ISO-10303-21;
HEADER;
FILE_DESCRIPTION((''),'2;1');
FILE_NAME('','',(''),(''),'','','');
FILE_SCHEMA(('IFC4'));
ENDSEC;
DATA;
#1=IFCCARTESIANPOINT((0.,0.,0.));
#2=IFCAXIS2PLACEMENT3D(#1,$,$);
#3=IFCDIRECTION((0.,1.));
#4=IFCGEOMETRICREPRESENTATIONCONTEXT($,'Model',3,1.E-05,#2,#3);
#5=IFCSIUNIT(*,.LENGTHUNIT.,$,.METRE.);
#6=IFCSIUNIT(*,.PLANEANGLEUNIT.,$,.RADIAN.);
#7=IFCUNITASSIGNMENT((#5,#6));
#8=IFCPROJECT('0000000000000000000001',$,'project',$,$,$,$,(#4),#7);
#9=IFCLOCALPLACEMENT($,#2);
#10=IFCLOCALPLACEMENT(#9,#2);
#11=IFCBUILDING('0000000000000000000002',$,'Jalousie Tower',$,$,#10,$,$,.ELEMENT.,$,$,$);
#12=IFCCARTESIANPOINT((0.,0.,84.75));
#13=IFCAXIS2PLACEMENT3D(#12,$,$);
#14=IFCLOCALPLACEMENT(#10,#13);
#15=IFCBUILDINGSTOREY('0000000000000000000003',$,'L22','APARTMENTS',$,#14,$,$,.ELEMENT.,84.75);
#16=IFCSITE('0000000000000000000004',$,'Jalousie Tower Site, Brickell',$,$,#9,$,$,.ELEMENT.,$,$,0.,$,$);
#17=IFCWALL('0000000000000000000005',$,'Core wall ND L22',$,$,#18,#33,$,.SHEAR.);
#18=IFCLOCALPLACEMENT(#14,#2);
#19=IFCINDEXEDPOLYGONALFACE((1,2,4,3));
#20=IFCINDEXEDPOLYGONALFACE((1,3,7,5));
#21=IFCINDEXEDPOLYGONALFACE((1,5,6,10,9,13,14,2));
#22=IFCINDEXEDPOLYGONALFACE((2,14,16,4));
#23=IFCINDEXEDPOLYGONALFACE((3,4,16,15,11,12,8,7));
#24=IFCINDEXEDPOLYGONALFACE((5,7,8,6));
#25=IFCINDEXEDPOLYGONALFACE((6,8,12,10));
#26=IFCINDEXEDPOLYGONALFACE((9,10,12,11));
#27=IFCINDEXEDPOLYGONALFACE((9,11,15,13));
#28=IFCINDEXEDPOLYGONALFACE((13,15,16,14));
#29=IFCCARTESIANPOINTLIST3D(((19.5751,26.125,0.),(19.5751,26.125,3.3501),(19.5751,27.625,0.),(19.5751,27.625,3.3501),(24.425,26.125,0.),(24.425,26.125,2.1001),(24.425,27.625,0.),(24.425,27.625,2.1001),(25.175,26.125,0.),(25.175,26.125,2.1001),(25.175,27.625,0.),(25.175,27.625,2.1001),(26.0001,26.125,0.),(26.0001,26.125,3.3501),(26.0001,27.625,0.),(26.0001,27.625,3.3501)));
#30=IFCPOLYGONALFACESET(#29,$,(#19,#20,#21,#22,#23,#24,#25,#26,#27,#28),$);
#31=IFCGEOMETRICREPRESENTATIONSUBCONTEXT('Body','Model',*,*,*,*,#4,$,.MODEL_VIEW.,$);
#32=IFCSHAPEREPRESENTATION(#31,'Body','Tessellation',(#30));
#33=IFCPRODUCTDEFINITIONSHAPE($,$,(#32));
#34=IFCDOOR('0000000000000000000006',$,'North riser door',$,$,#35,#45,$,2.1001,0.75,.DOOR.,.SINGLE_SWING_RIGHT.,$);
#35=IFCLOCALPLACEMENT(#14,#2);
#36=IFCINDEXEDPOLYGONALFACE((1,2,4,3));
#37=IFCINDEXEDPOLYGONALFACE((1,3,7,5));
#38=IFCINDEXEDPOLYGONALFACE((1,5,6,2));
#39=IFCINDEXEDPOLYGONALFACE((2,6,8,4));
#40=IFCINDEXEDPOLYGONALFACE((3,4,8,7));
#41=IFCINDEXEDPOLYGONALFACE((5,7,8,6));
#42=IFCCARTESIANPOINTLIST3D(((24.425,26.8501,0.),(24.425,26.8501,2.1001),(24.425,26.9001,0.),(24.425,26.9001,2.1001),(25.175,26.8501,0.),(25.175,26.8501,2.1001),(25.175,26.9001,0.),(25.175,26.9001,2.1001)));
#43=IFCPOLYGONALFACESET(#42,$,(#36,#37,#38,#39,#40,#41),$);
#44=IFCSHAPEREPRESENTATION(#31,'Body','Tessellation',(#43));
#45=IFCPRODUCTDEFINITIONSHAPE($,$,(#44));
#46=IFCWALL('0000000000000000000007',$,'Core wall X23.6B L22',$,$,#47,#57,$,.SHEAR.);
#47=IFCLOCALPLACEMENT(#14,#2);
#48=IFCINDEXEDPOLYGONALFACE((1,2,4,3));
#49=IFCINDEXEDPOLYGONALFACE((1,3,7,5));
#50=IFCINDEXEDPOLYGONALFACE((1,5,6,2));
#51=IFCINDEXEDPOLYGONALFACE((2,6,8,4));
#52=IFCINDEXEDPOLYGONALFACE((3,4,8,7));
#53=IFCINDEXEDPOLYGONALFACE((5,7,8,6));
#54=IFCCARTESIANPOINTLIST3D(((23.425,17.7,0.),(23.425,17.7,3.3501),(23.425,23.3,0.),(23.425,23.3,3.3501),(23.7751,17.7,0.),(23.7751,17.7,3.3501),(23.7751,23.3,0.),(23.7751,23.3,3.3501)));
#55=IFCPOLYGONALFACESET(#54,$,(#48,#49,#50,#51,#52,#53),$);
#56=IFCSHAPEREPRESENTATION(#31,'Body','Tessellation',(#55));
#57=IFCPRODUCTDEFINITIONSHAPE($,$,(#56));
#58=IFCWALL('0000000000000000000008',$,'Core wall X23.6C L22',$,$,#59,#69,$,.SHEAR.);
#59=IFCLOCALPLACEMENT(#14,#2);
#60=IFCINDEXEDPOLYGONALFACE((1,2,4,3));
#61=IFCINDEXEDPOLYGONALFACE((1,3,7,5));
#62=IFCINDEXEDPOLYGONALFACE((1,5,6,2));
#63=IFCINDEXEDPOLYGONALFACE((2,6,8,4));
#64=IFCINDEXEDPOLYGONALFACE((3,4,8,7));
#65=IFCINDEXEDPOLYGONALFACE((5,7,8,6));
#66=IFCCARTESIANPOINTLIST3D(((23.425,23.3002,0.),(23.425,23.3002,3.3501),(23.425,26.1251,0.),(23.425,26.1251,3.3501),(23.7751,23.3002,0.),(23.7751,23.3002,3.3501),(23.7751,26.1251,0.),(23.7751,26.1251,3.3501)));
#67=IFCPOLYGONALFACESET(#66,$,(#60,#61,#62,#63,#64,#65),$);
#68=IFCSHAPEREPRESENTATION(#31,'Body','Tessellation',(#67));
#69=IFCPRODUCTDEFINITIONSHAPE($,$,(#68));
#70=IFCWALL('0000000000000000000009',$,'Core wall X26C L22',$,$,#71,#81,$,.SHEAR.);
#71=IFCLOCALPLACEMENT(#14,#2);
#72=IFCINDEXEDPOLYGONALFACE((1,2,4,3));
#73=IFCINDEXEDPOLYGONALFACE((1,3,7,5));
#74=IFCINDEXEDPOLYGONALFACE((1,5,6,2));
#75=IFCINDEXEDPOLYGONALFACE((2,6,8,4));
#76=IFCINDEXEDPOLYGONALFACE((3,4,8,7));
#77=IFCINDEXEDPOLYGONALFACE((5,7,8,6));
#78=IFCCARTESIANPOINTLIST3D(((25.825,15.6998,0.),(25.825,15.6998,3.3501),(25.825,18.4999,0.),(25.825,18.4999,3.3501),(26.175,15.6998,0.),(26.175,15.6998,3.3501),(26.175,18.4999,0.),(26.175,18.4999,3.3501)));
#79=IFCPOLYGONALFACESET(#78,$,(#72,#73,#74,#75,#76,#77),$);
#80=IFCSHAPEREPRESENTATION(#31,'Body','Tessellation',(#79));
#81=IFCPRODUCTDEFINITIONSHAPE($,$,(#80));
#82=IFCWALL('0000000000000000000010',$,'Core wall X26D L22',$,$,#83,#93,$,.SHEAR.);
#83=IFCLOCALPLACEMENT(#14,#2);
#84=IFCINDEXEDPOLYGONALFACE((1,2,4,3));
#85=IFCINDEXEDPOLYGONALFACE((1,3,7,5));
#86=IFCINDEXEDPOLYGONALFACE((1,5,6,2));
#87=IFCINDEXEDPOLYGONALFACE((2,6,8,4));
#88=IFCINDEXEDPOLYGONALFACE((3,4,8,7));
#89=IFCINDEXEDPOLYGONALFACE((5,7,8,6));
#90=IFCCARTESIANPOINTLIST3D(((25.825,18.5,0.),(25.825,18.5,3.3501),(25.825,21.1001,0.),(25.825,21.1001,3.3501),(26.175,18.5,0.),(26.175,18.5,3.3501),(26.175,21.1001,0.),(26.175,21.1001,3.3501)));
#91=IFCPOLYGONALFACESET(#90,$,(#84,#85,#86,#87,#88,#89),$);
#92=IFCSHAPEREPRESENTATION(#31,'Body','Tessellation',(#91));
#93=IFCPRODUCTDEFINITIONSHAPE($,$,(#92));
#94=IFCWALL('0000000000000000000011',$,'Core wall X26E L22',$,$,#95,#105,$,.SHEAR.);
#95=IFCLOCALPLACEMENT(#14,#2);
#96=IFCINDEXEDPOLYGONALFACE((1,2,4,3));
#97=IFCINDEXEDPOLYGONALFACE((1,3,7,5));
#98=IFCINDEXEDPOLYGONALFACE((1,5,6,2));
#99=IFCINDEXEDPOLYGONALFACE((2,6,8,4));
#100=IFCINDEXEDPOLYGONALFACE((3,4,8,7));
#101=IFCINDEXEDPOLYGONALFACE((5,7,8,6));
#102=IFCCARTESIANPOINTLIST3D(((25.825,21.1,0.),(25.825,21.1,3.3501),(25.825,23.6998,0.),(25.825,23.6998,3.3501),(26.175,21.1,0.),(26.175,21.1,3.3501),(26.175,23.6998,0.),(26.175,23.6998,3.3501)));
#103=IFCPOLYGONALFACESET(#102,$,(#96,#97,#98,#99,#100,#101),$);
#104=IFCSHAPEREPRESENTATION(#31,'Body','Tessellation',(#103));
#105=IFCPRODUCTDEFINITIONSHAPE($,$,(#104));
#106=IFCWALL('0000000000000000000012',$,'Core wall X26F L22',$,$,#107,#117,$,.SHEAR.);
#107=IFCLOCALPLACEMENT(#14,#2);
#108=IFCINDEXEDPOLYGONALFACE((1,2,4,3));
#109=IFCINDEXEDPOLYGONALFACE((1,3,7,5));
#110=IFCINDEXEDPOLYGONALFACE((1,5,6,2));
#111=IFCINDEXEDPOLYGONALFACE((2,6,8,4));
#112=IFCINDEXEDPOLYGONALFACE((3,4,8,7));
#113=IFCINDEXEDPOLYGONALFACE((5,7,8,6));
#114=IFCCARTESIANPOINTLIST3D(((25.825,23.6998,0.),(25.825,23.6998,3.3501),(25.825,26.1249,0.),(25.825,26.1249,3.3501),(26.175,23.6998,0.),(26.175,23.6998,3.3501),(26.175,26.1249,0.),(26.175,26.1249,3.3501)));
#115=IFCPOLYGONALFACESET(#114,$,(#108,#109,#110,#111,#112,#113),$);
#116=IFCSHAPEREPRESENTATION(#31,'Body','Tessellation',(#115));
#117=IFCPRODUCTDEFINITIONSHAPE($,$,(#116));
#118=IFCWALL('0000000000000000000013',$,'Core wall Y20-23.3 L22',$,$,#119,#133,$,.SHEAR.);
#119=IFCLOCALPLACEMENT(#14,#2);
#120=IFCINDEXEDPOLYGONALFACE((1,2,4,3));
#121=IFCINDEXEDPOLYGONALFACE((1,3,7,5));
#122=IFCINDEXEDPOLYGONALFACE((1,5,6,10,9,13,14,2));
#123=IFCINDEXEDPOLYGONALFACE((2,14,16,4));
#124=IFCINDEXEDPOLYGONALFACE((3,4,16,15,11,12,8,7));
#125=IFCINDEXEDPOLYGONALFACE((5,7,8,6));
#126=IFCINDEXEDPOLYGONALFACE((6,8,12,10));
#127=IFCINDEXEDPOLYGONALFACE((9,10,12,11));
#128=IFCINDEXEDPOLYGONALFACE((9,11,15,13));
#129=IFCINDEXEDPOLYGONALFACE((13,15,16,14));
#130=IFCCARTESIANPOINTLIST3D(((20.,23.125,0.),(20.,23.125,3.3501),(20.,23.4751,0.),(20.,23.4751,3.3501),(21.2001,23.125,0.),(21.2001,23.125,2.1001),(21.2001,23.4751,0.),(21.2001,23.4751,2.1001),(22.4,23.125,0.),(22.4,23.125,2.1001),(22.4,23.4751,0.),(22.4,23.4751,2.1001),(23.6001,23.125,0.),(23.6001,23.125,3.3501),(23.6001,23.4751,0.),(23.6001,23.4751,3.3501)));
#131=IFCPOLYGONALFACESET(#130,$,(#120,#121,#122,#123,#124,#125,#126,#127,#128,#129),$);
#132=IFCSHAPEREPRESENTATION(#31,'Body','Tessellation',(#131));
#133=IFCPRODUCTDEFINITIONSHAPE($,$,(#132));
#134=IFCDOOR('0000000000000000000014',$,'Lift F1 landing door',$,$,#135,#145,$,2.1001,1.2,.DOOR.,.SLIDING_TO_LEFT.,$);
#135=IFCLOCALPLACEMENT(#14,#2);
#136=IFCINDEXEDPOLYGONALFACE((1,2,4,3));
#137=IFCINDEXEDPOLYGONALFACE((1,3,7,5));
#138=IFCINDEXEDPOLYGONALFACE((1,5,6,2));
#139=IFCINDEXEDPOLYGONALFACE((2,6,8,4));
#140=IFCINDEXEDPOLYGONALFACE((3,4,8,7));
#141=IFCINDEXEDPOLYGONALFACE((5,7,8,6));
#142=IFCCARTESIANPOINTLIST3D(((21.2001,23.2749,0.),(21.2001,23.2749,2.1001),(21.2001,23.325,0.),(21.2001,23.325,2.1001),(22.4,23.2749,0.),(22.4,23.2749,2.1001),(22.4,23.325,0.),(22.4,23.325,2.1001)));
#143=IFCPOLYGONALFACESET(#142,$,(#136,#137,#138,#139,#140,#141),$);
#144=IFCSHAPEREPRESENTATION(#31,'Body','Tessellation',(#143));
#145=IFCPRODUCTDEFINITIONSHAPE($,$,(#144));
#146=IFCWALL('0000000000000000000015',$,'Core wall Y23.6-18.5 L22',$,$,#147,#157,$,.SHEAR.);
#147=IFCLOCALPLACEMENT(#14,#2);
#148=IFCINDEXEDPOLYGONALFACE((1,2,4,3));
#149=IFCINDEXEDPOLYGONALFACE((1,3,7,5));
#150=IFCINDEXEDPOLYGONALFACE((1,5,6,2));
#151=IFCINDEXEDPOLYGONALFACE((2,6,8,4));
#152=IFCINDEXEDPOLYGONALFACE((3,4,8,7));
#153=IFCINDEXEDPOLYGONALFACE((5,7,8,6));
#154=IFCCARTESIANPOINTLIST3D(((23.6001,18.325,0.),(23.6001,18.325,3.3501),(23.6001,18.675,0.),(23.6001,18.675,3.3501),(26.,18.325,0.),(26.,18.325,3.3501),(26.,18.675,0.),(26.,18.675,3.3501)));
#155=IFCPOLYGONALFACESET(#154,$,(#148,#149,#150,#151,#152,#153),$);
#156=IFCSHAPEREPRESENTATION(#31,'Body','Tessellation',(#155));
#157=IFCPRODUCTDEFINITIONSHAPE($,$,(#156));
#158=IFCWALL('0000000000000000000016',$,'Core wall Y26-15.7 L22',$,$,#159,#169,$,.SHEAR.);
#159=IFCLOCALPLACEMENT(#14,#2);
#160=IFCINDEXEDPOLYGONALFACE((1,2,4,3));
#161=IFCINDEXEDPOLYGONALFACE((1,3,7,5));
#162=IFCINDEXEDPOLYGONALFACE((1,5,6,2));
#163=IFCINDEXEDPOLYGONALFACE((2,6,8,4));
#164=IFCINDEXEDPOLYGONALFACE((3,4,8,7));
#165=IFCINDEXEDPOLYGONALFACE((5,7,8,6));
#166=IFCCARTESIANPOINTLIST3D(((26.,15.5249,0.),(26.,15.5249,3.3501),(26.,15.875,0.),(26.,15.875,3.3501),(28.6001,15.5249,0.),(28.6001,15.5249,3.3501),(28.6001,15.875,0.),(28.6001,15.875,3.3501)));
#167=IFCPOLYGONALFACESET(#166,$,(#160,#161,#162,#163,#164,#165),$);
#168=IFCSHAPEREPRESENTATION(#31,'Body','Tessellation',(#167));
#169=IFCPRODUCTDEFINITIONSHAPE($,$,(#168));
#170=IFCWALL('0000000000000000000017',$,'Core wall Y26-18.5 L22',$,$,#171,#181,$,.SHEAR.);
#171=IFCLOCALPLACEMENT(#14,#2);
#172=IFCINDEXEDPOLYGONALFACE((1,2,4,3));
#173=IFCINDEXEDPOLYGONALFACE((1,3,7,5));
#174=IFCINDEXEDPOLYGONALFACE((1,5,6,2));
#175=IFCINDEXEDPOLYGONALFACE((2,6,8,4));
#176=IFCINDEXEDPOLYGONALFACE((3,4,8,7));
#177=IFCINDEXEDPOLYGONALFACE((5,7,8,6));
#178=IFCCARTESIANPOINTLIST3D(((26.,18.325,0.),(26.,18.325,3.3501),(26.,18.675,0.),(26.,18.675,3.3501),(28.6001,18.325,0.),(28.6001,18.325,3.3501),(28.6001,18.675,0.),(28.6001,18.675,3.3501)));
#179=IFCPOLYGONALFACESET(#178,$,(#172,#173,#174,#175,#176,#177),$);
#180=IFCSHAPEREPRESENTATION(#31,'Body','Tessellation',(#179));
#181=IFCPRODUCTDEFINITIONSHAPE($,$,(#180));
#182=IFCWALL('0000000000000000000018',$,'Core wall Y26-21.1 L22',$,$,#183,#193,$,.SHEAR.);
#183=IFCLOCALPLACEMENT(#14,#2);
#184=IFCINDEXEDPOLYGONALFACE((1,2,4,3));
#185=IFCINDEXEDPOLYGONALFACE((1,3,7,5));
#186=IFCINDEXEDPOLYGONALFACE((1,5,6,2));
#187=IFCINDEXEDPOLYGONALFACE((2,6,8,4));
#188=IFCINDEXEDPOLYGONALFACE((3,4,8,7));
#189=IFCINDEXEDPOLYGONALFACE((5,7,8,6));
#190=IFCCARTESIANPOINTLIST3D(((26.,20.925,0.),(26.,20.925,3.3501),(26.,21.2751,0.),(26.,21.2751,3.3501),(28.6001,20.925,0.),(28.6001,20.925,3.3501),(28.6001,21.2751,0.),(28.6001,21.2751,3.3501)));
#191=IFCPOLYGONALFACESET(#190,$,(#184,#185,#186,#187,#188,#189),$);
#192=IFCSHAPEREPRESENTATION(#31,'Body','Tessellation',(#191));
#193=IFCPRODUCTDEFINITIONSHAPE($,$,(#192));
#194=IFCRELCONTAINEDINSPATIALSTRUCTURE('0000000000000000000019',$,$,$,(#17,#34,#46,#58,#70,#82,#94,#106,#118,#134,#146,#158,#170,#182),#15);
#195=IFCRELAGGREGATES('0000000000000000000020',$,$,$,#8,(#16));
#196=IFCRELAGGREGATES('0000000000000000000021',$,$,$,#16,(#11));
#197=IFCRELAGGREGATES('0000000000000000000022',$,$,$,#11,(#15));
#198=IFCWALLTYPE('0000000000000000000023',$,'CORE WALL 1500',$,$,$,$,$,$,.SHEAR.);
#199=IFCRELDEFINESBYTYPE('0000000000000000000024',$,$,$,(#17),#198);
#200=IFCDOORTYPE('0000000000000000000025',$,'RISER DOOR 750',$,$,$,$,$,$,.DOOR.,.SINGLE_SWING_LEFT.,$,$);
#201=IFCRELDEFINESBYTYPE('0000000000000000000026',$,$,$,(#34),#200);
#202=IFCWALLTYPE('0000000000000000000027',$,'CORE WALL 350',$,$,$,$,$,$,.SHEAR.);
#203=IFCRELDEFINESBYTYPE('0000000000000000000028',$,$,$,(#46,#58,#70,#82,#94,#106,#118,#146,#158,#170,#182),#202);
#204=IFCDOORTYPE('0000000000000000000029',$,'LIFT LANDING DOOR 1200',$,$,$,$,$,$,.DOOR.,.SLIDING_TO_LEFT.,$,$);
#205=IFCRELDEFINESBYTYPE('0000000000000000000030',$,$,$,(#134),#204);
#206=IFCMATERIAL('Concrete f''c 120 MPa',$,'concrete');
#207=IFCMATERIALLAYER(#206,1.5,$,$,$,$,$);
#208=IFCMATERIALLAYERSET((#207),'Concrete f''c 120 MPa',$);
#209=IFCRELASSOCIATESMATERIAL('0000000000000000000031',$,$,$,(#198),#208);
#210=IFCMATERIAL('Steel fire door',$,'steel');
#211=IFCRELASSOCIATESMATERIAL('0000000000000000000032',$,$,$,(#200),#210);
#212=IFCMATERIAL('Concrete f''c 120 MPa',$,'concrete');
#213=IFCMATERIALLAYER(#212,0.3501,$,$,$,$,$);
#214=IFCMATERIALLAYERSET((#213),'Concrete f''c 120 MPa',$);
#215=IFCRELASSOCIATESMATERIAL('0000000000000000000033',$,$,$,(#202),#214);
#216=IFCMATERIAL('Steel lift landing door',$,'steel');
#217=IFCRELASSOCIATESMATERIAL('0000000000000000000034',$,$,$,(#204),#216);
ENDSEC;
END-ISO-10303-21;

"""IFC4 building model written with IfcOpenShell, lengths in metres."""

from ifc_helpers import new_model, si_unit, direction, frame, frame_2d, origin, place, context, subcontext, project, spatial, rectangle, extrude, material, layer, layer_set, type_object, element, fill, save


model = new_model("IFC4")

# Units and contexts
model_context = context("Model", 3, precision=1e-05, world=origin(), true_north=direction((0.0, 1.0)))
body_context = subcontext(model_context, "Body", "Model", "MODEL_VIEW")
ifc_project = project(units=[si_unit("LENGTHUNIT", "METRE"), si_unit("PLANEANGLEUNIT", "RADIAN")], contexts=[model_context])

# Site, building, storey
site_placement = place(None, origin())
site = spatial("IfcSite", under=ifc_project, at=site_placement, Name="Jalousie Tower Site, Brickell", CompositionType="ELEMENT", RefElevation=0.0)
building_placement = place(site_placement, origin())
building = spatial("IfcBuilding", under=site, at=building_placement, Name="Jalousie Tower", CompositionType="ELEMENT")
storey_placement = place(building_placement, frame((0.0, 0.0, 84.75)))
storey = spatial("IfcBuildingStorey", under=building, at=storey_placement, Name="L22", Description="APARTMENTS", CompositionType="ELEMENT", Elevation=84.75)

# Wall, opening, door
ifc_material_1 = material(Name="Concrete f'c 120 MPa", Category="concrete")
ifc_layer_1 = layer(ifc_material_1, 1.5)
ifc_layer_set_1 = layer_set([ifc_layer_1], Name="Concrete f'c 120 MPa")
wall_type_1 = type_object("IfcWallType", Name="CORE WALL 1500", PredefinedType="SHEAR", material=ifc_layer_set_1)
wall_1_placement = place(storey_placement, frame((26.0, 26.875, 0.0), z_axis=(0.0, 0.0, 1.0), x_axis=(-1.0, 0.0, 0.0)))
wall_1 = element("IfcWall", 1, at=wall_1_placement, inside=storey, type_object=wall_type_1, Name="Core wall ND L22", PredefinedType="SHEAR", context=body_context, shape_type="SweptSolid", body=[
    extrude(rectangle(XDim=6.425, YDim=1.5, at=frame_2d((3.2124, 0.0))), origin(), (0.0, 0.0, 1.0), 3.3501),
])
opening_1_placement = place(wall_1_placement, frame((0.825, 0.0, 0.0)))
opening_1 = element("IfcOpeningElement", 2, at=opening_1_placement, cuts=wall_1, PredefinedType="OPENING", context=body_context, shape_type="SweptSolid", body=[
    extrude(rectangle(XDim=0.75, YDim=2.1001, at=frame_2d((0.375, 1.05))), frame((0.0, 0.76, 0.0), z_axis=(0.0, -1.0, 0.0), x_axis=(1.0, 0.0, 0.0)), (0.0, 0.0, 1.0), 1.52),
])
ifc_material_2 = material(Name="Steel fire door", Category="steel")
door_type_1 = type_object("IfcDoorType", Name="RISER DOOR 750", OperationType="SINGLE_SWING_LEFT", PredefinedType="DOOR", material=ifc_material_2)
door_1_placement = place(opening_1_placement, origin())
door_1 = element("IfcDoor", 3, at=door_1_placement, inside=storey, type_object=door_type_1, Name="North riser door", OperationType="SINGLE_SWING_RIGHT", OverallHeight=2.1001, OverallWidth=0.75, PredefinedType="DOOR", context=body_context, shape_type="SweptSolid", body=[
    extrude(rectangle(XDim=0.75, YDim=2.1001, at=frame_2d((0.375, 1.05))), frame((0.0, 0.0249, 0.0), z_axis=(0.0, -1.0, 0.0), x_axis=(1.0, 0.0, 0.0)), (0.0, 0.0, 1.0), 0.05),
])
fill(opening_1, door_1)

# Walls
ifc_material_3 = material(Name="Concrete f'c 120 MPa", Category="concrete")
ifc_layer_2 = layer(ifc_material_3, 0.3501)
ifc_layer_set_2 = layer_set([ifc_layer_2], Name="Concrete f'c 120 MPa")
wall_type_2 = type_object("IfcWallType", Name="CORE WALL 350", PredefinedType="SHEAR", material=ifc_layer_set_2)
wall_2_placement = place(storey_placement, frame((23.6001, 17.7, 0.0), z_axis=(0.0, 0.0, 1.0), x_axis=(0.0, 1.0, 0.0)))
element("IfcWall", 4, at=wall_2_placement, inside=storey, type_object=wall_type_2, Name="Core wall X23.6B L22", PredefinedType="SHEAR", context=body_context, shape_type="SweptSolid", body=[
    extrude(rectangle(XDim=5.6001, YDim=0.3501, at=frame_2d((2.8, 0.0))), origin(), (0.0, 0.0, 1.0), 3.3501),
])
wall_3_placement = place(storey_placement, frame((23.6001, 23.3, 0.0), z_axis=(0.0, 0.0, 1.0), x_axis=(0.0, 1.0, 0.0)))
element("IfcWall", 5, at=wall_3_placement, inside=storey, type_object=wall_type_2, Name="Core wall X23.6C L22", PredefinedType="SHEAR", context=body_context, shape_type="SweptSolid", body=[
    extrude(rectangle(XDim=2.825, YDim=0.3501, at=frame_2d((1.4126, 0.0))), origin(), (0.0, 0.0, 1.0), 3.3501),
])
wall_4_placement = place(storey_placement, frame((26.0, 15.7, 0.0), z_axis=(0.0, 0.0, 1.0), x_axis=(0.0, 1.0, 0.0)))
element("IfcWall", 6, at=wall_4_placement, inside=storey, type_object=wall_type_2, Name="Core wall X26C L22", PredefinedType="SHEAR", context=body_context, shape_type="SweptSolid", body=[
    extrude(rectangle(XDim=2.8, YDim=0.3501, at=frame_2d((1.3999, 0.0))), origin(), (0.0, 0.0, 1.0), 3.3501),
])
wall_5_placement = place(storey_placement, frame((26.0, 18.5, 0.0), z_axis=(0.0, 0.0, 1.0), x_axis=(0.0, 1.0, 0.0)))
element("IfcWall", 7, at=wall_5_placement, inside=storey, type_object=wall_type_2, Name="Core wall X26D L22", PredefinedType="SHEAR", context=body_context, shape_type="SweptSolid", body=[
    extrude(rectangle(XDim=2.6001, YDim=0.3501, at=frame_2d((1.3, 0.0))), origin(), (0.0, 0.0, 1.0), 3.3501),
])
wall_6_placement = place(storey_placement, frame((26.0, 21.1001, 0.0), z_axis=(0.0, 0.0, 1.0), x_axis=(0.0, 1.0, 0.0)))
element("IfcWall", 8, at=wall_6_placement, inside=storey, type_object=wall_type_2, Name="Core wall X26E L22", PredefinedType="SHEAR", context=body_context, shape_type="SweptSolid", body=[
    extrude(rectangle(XDim=2.5999, YDim=0.3501, at=frame_2d((1.2998, 0.0))), origin(), (0.0, 0.0, 1.0), 3.3501),
])
wall_7_placement = place(storey_placement, frame((26.0, 23.7, 0.0), z_axis=(0.0, 0.0, 1.0), x_axis=(0.0, 1.0, 0.0)))
element("IfcWall", 9, at=wall_7_placement, inside=storey, type_object=wall_type_2, Name="Core wall X26F L22", PredefinedType="SHEAR", context=body_context, shape_type="SweptSolid", body=[
    extrude(rectangle(XDim=2.425, YDim=0.3501, at=frame_2d((1.2124, 0.0))), origin(), (0.0, 0.0, 1.0), 3.3501),
])

# Wall, opening, door
wall_8_placement = place(storey_placement, frame((20.0, 23.3, 0.0), z_axis=(0.0, 0.0, 1.0), x_axis=(1.0, 0.0, 0.0)))
wall_8 = element("IfcWall", 10, at=wall_8_placement, inside=storey, type_object=wall_type_2, Name="Core wall Y20-23.3 L22", PredefinedType="SHEAR", context=body_context, shape_type="SweptSolid", body=[
    extrude(rectangle(XDim=3.6001, YDim=0.3501, at=frame_2d((1.8, 0.0))), origin(), (0.0, 0.0, 1.0), 3.3501),
])
opening_2_placement = place(wall_8_placement, frame((1.2, 0.0, 0.0)))
opening_2 = element("IfcOpeningElement", 11, at=opening_2_placement, cuts=wall_8, PredefinedType="OPENING", context=body_context, shape_type="SweptSolid", body=[
    extrude(rectangle(XDim=1.2, YDim=2.1001, at=frame_2d((0.6001, 1.05))), frame((0.0, 0.1851, 0.0), z_axis=(0.0, -1.0, 0.0), x_axis=(1.0, 0.0, 0.0)), (0.0, 0.0, 1.0), 0.3701),
])
ifc_material_4 = material(Name="Steel lift landing door", Category="steel")
door_type_2 = type_object("IfcDoorType", Name="LIFT LANDING DOOR 1200", OperationType="SLIDING_TO_LEFT", PredefinedType="DOOR", material=ifc_material_4)
door_2_placement = place(opening_2_placement, origin())
door_2 = element("IfcDoor", 12, at=door_2_placement, inside=storey, type_object=door_type_2, Name="Lift F1 landing door", OperationType="SLIDING_TO_LEFT", OverallHeight=2.1001, OverallWidth=1.2, PredefinedType="DOOR", context=body_context, shape_type="SweptSolid", body=[
    extrude(rectangle(XDim=1.2, YDim=2.1001, at=frame_2d((0.6001, 1.05))), frame((0.0, 0.0249, 0.0), z_axis=(0.0, -1.0, 0.0), x_axis=(1.0, 0.0, 0.0)), (0.0, 0.0, 1.0), 0.05),
])
fill(opening_2, door_2)

# Walls
wall_9_placement = place(storey_placement, frame((23.6001, 18.5, 0.0), z_axis=(0.0, 0.0, 1.0), x_axis=(1.0, 0.0, 0.0)))
element("IfcWall", 13, at=wall_9_placement, inside=storey, type_object=wall_type_2, Name="Core wall Y23.6-18.5 L22", PredefinedType="SHEAR", context=body_context, shape_type="SweptSolid", body=[
    extrude(rectangle(XDim=2.3999, YDim=0.3501, at=frame_2d((1.2, 0.0))), origin(), (0.0, 0.0, 1.0), 3.3501),
])
for number, where, z_axis, x_axis, name in (
    (14, (26.0, 15.7, 0.0), (0.0, 0.0, 1.0), (1.0, 0.0, 0.0), "Core wall Y26-15.7 L22"),
    (15, (26.0, 18.5, 0.0), (0.0, 0.0, 1.0), (1.0, 0.0, 0.0), "Core wall Y26-18.5 L22"),
    (16, (26.0, 21.1001, 0.0), (0.0, 0.0, 1.0), (1.0, 0.0, 0.0), "Core wall Y26-21.1 L22"),
):
    element("IfcWall", number, at=place(storey_placement, frame(where, z_axis=z_axis, x_axis=x_axis)), inside=storey, type_object=wall_type_2, Name=name, PredefinedType="SHEAR", context=body_context, shape_type="SweptSolid", body=[
        extrude(rectangle(XDim=2.6001, YDim=0.3501, at=frame_2d((1.3, 0.0))), origin(), (0.0, 0.0, 1.0), 3.3501),
    ])

save(model, "model.ifc")
